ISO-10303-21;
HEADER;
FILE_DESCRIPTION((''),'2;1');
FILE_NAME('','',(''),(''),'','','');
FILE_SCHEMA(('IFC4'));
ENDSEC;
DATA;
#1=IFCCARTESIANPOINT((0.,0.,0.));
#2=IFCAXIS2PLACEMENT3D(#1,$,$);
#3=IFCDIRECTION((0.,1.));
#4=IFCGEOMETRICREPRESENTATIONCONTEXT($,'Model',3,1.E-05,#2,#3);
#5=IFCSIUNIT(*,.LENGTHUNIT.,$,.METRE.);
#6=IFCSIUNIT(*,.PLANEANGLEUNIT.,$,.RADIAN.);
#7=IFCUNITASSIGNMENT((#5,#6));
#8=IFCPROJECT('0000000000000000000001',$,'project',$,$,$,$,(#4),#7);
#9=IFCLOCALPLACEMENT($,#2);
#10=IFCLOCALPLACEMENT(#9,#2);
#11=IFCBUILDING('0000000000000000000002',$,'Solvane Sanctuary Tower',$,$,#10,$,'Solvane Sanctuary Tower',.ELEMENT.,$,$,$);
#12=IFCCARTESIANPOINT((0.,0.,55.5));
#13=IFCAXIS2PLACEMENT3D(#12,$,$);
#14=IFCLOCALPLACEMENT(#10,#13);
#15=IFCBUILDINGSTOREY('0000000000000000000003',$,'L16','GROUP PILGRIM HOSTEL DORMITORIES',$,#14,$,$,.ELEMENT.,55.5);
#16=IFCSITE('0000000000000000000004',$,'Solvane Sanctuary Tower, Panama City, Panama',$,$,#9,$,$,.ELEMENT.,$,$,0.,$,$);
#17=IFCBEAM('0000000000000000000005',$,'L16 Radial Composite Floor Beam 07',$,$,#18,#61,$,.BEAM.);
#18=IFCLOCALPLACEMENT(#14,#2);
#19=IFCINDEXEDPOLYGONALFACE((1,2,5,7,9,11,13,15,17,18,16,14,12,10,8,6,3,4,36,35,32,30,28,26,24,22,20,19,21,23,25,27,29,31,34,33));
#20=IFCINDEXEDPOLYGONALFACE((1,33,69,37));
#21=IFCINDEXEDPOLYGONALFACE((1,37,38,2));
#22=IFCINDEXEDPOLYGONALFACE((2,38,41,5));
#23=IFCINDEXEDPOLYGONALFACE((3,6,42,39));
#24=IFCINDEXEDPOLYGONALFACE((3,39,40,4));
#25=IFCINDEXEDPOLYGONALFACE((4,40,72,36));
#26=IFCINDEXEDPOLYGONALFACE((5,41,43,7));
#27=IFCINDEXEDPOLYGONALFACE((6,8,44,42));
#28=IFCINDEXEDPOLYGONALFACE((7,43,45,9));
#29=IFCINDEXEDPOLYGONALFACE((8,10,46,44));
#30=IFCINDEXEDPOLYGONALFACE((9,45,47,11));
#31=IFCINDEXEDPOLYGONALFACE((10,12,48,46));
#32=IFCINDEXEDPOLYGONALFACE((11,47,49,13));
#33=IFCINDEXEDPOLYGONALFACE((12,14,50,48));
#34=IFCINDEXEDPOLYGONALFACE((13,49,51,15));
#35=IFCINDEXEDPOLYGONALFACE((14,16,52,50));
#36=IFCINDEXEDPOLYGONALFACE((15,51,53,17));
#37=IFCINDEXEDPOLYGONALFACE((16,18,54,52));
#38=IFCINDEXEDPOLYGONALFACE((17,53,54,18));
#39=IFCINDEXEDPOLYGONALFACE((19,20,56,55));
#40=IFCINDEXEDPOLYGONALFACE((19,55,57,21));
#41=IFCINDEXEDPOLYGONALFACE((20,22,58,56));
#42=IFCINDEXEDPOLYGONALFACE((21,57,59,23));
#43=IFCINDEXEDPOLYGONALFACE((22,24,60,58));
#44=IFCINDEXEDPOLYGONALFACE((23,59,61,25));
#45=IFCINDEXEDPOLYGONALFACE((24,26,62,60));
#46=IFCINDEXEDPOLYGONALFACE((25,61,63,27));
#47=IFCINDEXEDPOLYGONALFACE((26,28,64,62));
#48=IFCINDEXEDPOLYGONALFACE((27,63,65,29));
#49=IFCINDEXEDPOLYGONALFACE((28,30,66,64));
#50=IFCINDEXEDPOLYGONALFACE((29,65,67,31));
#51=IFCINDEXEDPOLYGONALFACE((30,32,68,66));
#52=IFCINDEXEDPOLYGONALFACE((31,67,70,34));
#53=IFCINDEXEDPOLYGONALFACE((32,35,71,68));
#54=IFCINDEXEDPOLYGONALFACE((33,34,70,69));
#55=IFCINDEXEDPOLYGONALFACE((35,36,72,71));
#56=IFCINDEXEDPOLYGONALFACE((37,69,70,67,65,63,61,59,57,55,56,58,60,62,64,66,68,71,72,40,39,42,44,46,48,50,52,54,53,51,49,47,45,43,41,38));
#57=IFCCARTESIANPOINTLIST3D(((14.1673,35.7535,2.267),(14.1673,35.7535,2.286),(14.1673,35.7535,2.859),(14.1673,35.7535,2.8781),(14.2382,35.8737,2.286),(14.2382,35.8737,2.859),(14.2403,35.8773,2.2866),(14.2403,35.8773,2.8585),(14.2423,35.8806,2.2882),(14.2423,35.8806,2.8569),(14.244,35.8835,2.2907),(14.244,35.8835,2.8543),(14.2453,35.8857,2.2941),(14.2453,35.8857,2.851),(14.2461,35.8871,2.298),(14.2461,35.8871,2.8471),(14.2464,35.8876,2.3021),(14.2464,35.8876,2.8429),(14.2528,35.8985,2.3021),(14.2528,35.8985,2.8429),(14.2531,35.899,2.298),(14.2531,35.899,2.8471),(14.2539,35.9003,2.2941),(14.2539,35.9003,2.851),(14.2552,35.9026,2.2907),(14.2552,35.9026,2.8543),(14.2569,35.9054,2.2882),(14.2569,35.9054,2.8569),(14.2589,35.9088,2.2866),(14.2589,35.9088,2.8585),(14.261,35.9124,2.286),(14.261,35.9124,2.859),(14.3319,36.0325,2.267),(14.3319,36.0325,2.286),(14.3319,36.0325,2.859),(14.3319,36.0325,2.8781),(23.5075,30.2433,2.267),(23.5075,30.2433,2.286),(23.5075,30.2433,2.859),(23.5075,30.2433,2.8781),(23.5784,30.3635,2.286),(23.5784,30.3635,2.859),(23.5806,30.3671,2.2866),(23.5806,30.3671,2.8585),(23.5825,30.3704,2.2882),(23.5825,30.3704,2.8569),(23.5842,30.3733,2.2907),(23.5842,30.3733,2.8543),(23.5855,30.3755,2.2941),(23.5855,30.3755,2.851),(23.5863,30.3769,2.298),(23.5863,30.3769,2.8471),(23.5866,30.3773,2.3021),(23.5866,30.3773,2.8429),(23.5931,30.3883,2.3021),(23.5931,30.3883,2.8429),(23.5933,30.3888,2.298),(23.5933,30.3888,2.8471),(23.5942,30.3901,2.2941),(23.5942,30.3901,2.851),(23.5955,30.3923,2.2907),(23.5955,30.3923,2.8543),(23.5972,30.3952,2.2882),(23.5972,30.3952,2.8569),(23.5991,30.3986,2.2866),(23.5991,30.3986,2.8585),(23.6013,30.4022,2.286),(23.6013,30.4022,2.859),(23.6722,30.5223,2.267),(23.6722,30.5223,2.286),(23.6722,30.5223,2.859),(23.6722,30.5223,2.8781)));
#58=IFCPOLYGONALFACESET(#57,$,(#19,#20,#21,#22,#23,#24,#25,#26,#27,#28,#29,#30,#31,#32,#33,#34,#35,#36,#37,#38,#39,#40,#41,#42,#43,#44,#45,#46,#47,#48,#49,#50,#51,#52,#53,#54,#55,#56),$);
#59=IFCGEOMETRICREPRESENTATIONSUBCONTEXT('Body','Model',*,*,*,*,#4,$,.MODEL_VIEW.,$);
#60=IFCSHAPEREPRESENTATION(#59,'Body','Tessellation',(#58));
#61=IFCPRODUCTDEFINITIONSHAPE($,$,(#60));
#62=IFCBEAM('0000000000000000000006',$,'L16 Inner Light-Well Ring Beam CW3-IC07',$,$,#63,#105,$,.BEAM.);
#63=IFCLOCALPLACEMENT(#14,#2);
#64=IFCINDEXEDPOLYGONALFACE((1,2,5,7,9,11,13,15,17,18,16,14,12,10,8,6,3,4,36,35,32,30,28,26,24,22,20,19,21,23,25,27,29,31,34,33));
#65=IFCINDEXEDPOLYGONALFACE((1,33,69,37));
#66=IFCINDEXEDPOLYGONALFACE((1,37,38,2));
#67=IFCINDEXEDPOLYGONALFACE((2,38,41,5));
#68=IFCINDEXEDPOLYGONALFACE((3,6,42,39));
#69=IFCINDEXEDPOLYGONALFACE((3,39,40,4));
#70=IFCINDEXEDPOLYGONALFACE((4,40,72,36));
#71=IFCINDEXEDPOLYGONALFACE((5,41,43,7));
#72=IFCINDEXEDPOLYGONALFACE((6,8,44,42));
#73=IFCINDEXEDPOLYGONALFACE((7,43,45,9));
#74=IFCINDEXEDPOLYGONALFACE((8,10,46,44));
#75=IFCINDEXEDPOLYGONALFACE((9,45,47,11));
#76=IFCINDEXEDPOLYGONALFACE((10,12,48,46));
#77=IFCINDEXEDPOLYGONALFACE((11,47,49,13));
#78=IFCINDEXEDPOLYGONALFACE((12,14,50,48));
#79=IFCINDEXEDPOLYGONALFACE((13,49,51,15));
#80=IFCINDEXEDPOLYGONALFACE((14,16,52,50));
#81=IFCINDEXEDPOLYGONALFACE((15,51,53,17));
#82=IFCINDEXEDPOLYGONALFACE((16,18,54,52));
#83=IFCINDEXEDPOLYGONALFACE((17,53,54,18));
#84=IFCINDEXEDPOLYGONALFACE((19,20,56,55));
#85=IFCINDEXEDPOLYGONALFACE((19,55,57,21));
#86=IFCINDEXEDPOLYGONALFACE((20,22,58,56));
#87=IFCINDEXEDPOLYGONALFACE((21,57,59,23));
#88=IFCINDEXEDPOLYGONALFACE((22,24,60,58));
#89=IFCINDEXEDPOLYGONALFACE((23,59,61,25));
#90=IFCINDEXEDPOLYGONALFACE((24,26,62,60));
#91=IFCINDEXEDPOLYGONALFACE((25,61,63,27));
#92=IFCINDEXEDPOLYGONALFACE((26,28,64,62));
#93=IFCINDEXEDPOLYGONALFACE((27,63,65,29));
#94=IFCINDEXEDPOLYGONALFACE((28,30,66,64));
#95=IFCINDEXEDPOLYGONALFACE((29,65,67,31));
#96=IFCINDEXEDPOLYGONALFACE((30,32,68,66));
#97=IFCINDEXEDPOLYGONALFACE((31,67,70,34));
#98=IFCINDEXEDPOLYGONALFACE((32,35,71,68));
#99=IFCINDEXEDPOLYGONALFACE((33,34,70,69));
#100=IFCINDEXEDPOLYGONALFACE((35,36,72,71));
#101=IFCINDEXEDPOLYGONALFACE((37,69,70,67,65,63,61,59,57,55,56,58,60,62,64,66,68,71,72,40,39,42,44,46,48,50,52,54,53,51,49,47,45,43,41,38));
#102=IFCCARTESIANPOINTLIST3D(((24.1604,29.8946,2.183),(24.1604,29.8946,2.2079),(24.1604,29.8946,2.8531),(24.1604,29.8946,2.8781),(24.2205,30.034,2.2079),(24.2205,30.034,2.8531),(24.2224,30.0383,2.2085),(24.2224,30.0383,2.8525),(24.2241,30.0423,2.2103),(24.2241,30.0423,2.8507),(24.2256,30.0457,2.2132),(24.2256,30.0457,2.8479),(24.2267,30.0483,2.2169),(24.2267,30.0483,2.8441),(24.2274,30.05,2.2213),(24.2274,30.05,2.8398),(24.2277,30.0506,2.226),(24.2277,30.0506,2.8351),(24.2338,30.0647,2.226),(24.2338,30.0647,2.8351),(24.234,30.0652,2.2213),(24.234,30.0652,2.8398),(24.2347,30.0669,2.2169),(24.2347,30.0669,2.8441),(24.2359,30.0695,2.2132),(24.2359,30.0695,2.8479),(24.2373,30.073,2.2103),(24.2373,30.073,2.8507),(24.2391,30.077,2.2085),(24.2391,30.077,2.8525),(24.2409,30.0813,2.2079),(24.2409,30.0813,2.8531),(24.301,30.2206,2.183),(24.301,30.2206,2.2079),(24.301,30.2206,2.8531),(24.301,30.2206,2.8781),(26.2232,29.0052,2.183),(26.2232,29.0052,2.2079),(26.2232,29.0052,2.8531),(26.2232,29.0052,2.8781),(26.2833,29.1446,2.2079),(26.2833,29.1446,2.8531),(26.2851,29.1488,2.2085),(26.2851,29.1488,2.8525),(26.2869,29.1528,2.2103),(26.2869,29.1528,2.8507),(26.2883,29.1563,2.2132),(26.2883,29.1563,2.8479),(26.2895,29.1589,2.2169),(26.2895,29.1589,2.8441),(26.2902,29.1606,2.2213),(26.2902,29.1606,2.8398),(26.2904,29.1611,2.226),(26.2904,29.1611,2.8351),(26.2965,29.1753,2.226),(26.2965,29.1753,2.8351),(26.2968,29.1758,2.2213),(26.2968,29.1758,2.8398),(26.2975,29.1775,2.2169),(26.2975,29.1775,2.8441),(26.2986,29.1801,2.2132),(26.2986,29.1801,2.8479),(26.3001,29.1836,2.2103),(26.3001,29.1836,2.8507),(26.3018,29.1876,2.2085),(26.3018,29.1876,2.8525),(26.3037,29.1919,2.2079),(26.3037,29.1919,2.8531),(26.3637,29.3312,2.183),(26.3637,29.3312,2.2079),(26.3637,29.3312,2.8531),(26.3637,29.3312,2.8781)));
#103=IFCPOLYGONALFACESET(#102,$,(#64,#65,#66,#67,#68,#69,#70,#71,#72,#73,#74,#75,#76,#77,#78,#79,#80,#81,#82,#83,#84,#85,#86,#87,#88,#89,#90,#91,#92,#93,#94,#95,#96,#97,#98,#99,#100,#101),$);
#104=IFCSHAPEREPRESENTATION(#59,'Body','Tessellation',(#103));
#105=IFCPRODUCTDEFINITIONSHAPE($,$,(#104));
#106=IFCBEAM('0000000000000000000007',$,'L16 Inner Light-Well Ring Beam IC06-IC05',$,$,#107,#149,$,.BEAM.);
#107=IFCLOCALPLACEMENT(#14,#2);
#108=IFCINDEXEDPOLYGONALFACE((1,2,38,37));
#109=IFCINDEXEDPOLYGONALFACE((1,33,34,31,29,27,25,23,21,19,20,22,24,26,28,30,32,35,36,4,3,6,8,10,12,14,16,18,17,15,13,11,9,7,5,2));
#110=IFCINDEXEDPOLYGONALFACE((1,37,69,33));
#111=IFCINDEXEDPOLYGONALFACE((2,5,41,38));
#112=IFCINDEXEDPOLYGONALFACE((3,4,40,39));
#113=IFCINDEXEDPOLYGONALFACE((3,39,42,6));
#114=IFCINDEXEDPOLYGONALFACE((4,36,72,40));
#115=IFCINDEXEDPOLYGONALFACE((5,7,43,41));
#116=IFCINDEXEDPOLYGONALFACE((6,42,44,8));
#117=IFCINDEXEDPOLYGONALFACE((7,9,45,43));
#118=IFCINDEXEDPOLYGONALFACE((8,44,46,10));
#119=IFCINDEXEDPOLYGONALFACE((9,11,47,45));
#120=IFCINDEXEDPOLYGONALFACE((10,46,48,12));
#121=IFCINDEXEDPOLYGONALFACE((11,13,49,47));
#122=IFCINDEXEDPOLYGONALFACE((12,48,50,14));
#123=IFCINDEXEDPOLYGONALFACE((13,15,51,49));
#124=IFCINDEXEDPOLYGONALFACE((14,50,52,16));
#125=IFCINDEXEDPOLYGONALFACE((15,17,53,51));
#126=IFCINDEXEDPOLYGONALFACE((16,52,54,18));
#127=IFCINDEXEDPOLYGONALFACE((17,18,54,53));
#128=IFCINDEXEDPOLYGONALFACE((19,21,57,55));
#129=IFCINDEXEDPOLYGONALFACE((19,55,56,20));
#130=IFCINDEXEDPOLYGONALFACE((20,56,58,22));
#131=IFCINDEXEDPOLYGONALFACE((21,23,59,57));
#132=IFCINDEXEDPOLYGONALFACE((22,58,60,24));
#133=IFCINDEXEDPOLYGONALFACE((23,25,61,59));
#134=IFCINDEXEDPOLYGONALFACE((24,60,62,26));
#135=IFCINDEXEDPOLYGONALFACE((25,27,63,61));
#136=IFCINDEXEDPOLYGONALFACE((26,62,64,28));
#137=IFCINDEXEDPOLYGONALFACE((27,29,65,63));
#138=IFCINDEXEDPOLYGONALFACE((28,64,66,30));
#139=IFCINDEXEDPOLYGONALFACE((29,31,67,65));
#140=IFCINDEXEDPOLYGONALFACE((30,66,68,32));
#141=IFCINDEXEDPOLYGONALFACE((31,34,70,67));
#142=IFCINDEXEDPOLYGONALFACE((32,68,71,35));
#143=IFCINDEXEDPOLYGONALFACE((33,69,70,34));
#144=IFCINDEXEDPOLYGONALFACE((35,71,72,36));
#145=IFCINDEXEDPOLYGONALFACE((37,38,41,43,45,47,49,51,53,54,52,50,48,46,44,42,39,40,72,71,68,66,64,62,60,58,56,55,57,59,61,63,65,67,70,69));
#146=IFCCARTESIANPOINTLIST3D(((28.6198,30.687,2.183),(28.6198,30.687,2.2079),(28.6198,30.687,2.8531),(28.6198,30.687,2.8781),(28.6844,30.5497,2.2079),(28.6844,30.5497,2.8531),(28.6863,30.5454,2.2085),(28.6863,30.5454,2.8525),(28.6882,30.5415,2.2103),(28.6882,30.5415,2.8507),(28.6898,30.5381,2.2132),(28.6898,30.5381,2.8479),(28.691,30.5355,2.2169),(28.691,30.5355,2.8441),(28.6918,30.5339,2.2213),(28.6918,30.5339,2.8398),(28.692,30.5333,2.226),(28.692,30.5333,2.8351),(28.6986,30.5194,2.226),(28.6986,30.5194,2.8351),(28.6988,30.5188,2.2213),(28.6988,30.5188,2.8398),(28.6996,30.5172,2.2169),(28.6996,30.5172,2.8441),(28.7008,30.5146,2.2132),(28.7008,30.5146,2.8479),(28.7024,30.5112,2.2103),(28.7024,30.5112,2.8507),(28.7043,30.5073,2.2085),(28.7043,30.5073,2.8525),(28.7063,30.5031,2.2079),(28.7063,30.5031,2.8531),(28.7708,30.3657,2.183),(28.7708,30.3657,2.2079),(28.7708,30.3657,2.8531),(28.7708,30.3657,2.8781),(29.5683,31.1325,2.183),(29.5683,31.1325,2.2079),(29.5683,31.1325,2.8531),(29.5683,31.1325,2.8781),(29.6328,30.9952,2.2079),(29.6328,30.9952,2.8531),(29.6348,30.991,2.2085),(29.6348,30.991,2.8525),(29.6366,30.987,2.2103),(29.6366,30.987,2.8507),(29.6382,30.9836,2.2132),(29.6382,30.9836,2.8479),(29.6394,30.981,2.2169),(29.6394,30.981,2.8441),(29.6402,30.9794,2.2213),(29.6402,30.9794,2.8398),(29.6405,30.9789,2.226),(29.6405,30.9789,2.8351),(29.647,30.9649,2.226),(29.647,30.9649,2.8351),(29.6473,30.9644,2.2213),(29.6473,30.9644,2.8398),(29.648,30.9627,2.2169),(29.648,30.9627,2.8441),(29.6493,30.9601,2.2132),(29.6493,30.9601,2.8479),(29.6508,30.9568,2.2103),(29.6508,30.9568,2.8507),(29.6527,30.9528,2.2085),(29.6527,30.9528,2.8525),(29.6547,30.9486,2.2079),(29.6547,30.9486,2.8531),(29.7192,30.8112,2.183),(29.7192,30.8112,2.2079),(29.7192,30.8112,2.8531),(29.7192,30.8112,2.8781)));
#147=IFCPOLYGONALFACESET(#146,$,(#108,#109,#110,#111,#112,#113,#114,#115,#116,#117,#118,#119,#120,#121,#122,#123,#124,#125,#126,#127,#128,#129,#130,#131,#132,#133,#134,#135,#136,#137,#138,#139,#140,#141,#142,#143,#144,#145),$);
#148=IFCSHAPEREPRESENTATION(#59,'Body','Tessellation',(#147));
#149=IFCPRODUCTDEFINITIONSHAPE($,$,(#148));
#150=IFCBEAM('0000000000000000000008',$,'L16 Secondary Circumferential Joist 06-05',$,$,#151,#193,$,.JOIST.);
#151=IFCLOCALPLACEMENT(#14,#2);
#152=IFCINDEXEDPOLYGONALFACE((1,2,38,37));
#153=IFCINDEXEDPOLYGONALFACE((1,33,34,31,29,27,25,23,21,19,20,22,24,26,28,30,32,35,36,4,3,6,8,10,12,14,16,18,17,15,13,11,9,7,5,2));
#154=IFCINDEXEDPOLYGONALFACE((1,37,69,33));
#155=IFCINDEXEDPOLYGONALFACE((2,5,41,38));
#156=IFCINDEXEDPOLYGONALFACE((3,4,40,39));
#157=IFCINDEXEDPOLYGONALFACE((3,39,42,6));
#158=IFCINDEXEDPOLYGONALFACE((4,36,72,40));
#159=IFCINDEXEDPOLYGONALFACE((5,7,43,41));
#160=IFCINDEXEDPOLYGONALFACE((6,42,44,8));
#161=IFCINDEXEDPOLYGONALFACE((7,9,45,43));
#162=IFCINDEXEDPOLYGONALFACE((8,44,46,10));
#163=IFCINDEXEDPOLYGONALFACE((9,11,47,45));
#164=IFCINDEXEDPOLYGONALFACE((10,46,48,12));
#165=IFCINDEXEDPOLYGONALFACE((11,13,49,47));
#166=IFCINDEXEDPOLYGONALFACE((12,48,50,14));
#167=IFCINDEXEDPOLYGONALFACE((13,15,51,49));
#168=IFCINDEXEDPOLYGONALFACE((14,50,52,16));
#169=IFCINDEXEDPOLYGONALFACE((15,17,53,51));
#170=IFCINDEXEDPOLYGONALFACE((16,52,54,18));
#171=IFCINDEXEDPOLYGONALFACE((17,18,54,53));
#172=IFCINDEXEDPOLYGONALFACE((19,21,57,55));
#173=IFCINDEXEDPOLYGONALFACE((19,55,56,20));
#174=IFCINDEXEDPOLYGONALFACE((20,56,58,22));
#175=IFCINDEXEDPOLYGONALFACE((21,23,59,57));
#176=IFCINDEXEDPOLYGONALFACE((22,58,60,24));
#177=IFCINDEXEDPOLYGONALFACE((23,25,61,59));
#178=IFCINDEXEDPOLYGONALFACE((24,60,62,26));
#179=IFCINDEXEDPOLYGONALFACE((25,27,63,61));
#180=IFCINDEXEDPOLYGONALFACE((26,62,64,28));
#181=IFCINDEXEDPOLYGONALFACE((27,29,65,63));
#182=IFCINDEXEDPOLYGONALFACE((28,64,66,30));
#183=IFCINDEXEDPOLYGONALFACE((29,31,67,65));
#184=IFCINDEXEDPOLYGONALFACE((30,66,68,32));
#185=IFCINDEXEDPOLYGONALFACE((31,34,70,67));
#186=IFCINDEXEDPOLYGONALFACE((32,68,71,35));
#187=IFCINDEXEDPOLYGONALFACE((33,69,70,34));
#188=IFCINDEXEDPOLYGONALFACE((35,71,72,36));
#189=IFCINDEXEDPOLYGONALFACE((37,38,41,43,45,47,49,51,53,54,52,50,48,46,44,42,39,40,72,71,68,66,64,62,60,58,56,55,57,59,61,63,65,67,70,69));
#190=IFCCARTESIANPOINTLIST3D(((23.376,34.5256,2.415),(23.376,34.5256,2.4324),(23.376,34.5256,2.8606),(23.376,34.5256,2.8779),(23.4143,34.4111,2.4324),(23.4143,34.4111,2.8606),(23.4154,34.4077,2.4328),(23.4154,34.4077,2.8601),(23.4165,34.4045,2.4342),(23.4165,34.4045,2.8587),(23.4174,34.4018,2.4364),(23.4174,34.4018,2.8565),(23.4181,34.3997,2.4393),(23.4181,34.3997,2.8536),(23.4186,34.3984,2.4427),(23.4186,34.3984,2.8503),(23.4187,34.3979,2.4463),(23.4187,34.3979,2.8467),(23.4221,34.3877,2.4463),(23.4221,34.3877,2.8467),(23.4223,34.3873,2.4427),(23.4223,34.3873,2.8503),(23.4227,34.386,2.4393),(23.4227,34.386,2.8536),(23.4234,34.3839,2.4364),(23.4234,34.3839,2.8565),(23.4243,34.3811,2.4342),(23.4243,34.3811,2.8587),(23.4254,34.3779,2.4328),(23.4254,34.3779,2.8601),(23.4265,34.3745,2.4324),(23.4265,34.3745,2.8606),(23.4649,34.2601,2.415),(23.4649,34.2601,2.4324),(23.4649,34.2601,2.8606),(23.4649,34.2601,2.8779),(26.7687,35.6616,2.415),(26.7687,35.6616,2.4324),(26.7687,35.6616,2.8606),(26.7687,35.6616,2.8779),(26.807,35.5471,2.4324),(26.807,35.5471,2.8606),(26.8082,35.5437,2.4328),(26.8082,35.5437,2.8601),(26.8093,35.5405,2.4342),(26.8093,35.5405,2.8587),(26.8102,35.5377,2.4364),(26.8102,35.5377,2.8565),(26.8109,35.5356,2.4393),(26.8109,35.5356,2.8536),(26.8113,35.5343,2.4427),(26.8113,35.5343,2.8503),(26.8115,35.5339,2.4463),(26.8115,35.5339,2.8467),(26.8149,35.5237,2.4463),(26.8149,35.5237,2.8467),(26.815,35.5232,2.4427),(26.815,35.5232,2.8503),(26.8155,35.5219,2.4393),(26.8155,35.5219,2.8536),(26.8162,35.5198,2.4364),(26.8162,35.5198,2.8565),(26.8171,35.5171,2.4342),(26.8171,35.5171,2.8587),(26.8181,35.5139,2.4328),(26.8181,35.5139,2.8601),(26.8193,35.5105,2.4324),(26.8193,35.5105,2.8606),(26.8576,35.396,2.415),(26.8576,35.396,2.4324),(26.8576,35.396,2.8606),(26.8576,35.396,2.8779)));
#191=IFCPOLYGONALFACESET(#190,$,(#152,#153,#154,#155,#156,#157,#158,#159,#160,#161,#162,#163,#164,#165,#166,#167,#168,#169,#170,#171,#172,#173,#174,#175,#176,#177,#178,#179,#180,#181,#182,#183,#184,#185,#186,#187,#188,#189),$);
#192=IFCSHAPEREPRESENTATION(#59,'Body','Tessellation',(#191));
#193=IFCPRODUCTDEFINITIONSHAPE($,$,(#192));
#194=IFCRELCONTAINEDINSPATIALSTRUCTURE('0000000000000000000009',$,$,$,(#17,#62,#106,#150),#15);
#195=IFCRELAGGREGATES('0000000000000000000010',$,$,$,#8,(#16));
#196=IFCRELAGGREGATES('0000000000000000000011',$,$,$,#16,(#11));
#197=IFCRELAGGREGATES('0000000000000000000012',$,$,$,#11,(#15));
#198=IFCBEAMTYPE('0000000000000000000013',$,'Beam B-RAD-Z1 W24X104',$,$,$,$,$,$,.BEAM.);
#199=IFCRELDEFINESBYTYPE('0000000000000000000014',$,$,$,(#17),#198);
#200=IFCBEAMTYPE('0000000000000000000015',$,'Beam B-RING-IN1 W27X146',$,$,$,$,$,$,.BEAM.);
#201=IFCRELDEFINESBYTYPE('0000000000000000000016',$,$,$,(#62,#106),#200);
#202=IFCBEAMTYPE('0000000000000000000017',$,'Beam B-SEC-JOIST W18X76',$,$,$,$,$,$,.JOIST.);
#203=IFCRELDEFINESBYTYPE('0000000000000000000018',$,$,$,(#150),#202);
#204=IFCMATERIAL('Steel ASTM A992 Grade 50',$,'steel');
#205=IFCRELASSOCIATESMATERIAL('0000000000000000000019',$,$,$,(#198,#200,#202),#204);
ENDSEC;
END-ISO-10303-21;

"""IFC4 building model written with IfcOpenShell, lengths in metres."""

from ifc_helpers import new_model, si_unit, direction, frame, origin, origin_2d, place, context, subcontext, project, spatial, i_section, extrude, material, material_profile, profile_set, type_object, element, save


model = new_model("IFC4")

# Units and contexts
model_context = context("Model", 3, precision=1e-05, world=origin(), true_north=direction((0.0, 1.0)))
body_context = subcontext(model_context, "Body", "Model", "MODEL_VIEW")
ifc_project = project(units=[si_unit("LENGTHUNIT", "METRE"), si_unit("PLANEANGLEUNIT", "RADIAN")], contexts=[model_context])

# Site, building, storey
site_placement = place(None, origin())
site = spatial("IfcSite", under=ifc_project, at=site_placement, Name="Solvane Sanctuary Tower, Panama City, Panama", CompositionType="ELEMENT", RefElevation=0.0)
building_placement = place(site_placement, origin())
building = spatial("IfcBuilding", under=site, at=building_placement, Name="Solvane Sanctuary Tower", LongName="Solvane Sanctuary Tower", CompositionType="ELEMENT")
storey_placement = place(building_placement, frame((0.0, 0.0, 55.5)))
storey = spatial("IfcBuildingStorey", under=building, at=storey_placement, Name="L16", Description="GROUP PILGRIM HOSTEL DORMITORIES", CompositionType="ELEMENT", Elevation=55.5)

# Beams
ifc_material_1 = material(Name="Steel ASTM A992 Grade 50", Category="steel")
ifc_material_profile_1 = material_profile(ifc_material_1, i_section(OverallWidth=0.324, OverallDepth=0.6111, WebThickness=0.0127, FlangeThickness=0.019, FilletRadius=0.0161, at=origin_2d()), Name="W24X104")
ifc_profile_set_1 = profile_set([ifc_material_profile_1], Name="Steel ASTM A992 Grade 50")
beam_type_1 = type_object("IfcBeamType", Name="Beam B-RAD-Z1 W24X104", PredefinedType="BEAM", material=ifc_profile_set_1)
beam_1_placement = place(storey_placement, frame((23.5898, 30.3828, 2.5725), z_axis=(-0.861291, 0.508112, 0.0), x_axis=(-0.508112, -0.861291, 0.0)))
element("IfcBeam", 1, at=beam_1_placement, inside=storey, type_object=beam_type_1, Name="L16 Radial Composite Floor Beam 07", PredefinedType="BEAM", context=body_context, shape_type="SweptSolid", body=[
    extrude(i_section(OverallWidth=0.324, OverallDepth=0.6111, WebThickness=0.0127, FlangeThickness=0.019, FilletRadius=0.0161, at=origin_2d()), origin(), (0.0, 0.0, 1.0), 10.8445),
])
ifc_material_profile_2 = material_profile(ifc_material_1, i_section(OverallWidth=0.355, OverallDepth=0.6951, WebThickness=0.0154, FlangeThickness=0.0249, FilletRadius=0.0181, at=origin_2d()), Name="W27X146")
ifc_profile_set_2 = profile_set([ifc_material_profile_2], Name="Steel ASTM A992 Grade 50")
beam_type_2 = type_object("IfcBeamType", Name="Beam B-RING-IN1 W27X146", PredefinedType="BEAM", material=ifc_profile_set_2)
beam_2_placement = place(storey_placement, frame((24.2307, 30.0576, 2.5305), z_axis=(0.918277, -0.395938, 0.0), x_axis=(0.395938, 0.918277, 0.0)))
element("IfcBeam", 2, at=beam_2_placement, inside=storey, type_object=beam_type_2, Name="L16 Inner Light-Well Ring Beam CW3-IC07", PredefinedType="BEAM", context=body_context, shape_type="SweptSolid", body=[
    extrude(i_section(OverallWidth=0.355, OverallDepth=0.6951, WebThickness=0.0154, FlangeThickness=0.0249, FilletRadius=0.0181, at=origin_2d()), origin(), (0.0, 0.0, 1.0), 2.2463),
])
beam_3_placement = place(storey_placement, frame((28.6953, 30.5264, 2.5305), z_axis=(0.905109, 0.42518, 0.0), x_axis=(-0.42518, 0.905109, 0.0)))
element("IfcBeam", 3, at=beam_3_placement, inside=storey, type_object=beam_type_2, Name="L16 Inner Light-Well Ring Beam IC06-IC05", PredefinedType="BEAM", context=body_context, shape_type="SweptSolid", body=[
    extrude(i_section(OverallWidth=0.355, OverallDepth=0.6951, WebThickness=0.0154, FlangeThickness=0.0249, FilletRadius=0.0181, at=origin_2d()), origin(), (0.0, 0.0, 1.0), 1.0479),
])
ifc_material_profile_3 = material_profile(ifc_material_1, i_section(OverallWidth=0.28, OverallDepth=0.4629, WebThickness=0.0107, FlangeThickness=0.0173, FilletRadius=0.0139, at=origin_2d()), Name="W18X76")
ifc_profile_set_3 = profile_set([ifc_material_profile_3], Name="Steel ASTM A992 Grade 50")
beam_type_3 = type_object("IfcBeamType", Name="Beam B-SEC-JOIST W18X76", PredefinedType="JOIST", material=ifc_profile_set_3)
beam_4_placement = place(storey_placement, frame((23.4204, 34.3928, 2.6465), z_axis=(0.948259, 0.317497, 0.0), x_axis=(-0.317497, 0.948259, 0.0)))
element("IfcBeam", 4, at=beam_4_placement, inside=storey, type_object=beam_type_3, Name="L16 Secondary Circumferential Joist 06-05", PredefinedType="JOIST", context=body_context, shape_type="SweptSolid", body=[
    extrude(i_section(OverallWidth=0.28, OverallDepth=0.4629, WebThickness=0.0107, FlangeThickness=0.0173, FilletRadius=0.0139, at=origin_2d()), origin(), (0.0, 0.0, 1.0), 3.5779),
])

save(model, "model.ifc")
